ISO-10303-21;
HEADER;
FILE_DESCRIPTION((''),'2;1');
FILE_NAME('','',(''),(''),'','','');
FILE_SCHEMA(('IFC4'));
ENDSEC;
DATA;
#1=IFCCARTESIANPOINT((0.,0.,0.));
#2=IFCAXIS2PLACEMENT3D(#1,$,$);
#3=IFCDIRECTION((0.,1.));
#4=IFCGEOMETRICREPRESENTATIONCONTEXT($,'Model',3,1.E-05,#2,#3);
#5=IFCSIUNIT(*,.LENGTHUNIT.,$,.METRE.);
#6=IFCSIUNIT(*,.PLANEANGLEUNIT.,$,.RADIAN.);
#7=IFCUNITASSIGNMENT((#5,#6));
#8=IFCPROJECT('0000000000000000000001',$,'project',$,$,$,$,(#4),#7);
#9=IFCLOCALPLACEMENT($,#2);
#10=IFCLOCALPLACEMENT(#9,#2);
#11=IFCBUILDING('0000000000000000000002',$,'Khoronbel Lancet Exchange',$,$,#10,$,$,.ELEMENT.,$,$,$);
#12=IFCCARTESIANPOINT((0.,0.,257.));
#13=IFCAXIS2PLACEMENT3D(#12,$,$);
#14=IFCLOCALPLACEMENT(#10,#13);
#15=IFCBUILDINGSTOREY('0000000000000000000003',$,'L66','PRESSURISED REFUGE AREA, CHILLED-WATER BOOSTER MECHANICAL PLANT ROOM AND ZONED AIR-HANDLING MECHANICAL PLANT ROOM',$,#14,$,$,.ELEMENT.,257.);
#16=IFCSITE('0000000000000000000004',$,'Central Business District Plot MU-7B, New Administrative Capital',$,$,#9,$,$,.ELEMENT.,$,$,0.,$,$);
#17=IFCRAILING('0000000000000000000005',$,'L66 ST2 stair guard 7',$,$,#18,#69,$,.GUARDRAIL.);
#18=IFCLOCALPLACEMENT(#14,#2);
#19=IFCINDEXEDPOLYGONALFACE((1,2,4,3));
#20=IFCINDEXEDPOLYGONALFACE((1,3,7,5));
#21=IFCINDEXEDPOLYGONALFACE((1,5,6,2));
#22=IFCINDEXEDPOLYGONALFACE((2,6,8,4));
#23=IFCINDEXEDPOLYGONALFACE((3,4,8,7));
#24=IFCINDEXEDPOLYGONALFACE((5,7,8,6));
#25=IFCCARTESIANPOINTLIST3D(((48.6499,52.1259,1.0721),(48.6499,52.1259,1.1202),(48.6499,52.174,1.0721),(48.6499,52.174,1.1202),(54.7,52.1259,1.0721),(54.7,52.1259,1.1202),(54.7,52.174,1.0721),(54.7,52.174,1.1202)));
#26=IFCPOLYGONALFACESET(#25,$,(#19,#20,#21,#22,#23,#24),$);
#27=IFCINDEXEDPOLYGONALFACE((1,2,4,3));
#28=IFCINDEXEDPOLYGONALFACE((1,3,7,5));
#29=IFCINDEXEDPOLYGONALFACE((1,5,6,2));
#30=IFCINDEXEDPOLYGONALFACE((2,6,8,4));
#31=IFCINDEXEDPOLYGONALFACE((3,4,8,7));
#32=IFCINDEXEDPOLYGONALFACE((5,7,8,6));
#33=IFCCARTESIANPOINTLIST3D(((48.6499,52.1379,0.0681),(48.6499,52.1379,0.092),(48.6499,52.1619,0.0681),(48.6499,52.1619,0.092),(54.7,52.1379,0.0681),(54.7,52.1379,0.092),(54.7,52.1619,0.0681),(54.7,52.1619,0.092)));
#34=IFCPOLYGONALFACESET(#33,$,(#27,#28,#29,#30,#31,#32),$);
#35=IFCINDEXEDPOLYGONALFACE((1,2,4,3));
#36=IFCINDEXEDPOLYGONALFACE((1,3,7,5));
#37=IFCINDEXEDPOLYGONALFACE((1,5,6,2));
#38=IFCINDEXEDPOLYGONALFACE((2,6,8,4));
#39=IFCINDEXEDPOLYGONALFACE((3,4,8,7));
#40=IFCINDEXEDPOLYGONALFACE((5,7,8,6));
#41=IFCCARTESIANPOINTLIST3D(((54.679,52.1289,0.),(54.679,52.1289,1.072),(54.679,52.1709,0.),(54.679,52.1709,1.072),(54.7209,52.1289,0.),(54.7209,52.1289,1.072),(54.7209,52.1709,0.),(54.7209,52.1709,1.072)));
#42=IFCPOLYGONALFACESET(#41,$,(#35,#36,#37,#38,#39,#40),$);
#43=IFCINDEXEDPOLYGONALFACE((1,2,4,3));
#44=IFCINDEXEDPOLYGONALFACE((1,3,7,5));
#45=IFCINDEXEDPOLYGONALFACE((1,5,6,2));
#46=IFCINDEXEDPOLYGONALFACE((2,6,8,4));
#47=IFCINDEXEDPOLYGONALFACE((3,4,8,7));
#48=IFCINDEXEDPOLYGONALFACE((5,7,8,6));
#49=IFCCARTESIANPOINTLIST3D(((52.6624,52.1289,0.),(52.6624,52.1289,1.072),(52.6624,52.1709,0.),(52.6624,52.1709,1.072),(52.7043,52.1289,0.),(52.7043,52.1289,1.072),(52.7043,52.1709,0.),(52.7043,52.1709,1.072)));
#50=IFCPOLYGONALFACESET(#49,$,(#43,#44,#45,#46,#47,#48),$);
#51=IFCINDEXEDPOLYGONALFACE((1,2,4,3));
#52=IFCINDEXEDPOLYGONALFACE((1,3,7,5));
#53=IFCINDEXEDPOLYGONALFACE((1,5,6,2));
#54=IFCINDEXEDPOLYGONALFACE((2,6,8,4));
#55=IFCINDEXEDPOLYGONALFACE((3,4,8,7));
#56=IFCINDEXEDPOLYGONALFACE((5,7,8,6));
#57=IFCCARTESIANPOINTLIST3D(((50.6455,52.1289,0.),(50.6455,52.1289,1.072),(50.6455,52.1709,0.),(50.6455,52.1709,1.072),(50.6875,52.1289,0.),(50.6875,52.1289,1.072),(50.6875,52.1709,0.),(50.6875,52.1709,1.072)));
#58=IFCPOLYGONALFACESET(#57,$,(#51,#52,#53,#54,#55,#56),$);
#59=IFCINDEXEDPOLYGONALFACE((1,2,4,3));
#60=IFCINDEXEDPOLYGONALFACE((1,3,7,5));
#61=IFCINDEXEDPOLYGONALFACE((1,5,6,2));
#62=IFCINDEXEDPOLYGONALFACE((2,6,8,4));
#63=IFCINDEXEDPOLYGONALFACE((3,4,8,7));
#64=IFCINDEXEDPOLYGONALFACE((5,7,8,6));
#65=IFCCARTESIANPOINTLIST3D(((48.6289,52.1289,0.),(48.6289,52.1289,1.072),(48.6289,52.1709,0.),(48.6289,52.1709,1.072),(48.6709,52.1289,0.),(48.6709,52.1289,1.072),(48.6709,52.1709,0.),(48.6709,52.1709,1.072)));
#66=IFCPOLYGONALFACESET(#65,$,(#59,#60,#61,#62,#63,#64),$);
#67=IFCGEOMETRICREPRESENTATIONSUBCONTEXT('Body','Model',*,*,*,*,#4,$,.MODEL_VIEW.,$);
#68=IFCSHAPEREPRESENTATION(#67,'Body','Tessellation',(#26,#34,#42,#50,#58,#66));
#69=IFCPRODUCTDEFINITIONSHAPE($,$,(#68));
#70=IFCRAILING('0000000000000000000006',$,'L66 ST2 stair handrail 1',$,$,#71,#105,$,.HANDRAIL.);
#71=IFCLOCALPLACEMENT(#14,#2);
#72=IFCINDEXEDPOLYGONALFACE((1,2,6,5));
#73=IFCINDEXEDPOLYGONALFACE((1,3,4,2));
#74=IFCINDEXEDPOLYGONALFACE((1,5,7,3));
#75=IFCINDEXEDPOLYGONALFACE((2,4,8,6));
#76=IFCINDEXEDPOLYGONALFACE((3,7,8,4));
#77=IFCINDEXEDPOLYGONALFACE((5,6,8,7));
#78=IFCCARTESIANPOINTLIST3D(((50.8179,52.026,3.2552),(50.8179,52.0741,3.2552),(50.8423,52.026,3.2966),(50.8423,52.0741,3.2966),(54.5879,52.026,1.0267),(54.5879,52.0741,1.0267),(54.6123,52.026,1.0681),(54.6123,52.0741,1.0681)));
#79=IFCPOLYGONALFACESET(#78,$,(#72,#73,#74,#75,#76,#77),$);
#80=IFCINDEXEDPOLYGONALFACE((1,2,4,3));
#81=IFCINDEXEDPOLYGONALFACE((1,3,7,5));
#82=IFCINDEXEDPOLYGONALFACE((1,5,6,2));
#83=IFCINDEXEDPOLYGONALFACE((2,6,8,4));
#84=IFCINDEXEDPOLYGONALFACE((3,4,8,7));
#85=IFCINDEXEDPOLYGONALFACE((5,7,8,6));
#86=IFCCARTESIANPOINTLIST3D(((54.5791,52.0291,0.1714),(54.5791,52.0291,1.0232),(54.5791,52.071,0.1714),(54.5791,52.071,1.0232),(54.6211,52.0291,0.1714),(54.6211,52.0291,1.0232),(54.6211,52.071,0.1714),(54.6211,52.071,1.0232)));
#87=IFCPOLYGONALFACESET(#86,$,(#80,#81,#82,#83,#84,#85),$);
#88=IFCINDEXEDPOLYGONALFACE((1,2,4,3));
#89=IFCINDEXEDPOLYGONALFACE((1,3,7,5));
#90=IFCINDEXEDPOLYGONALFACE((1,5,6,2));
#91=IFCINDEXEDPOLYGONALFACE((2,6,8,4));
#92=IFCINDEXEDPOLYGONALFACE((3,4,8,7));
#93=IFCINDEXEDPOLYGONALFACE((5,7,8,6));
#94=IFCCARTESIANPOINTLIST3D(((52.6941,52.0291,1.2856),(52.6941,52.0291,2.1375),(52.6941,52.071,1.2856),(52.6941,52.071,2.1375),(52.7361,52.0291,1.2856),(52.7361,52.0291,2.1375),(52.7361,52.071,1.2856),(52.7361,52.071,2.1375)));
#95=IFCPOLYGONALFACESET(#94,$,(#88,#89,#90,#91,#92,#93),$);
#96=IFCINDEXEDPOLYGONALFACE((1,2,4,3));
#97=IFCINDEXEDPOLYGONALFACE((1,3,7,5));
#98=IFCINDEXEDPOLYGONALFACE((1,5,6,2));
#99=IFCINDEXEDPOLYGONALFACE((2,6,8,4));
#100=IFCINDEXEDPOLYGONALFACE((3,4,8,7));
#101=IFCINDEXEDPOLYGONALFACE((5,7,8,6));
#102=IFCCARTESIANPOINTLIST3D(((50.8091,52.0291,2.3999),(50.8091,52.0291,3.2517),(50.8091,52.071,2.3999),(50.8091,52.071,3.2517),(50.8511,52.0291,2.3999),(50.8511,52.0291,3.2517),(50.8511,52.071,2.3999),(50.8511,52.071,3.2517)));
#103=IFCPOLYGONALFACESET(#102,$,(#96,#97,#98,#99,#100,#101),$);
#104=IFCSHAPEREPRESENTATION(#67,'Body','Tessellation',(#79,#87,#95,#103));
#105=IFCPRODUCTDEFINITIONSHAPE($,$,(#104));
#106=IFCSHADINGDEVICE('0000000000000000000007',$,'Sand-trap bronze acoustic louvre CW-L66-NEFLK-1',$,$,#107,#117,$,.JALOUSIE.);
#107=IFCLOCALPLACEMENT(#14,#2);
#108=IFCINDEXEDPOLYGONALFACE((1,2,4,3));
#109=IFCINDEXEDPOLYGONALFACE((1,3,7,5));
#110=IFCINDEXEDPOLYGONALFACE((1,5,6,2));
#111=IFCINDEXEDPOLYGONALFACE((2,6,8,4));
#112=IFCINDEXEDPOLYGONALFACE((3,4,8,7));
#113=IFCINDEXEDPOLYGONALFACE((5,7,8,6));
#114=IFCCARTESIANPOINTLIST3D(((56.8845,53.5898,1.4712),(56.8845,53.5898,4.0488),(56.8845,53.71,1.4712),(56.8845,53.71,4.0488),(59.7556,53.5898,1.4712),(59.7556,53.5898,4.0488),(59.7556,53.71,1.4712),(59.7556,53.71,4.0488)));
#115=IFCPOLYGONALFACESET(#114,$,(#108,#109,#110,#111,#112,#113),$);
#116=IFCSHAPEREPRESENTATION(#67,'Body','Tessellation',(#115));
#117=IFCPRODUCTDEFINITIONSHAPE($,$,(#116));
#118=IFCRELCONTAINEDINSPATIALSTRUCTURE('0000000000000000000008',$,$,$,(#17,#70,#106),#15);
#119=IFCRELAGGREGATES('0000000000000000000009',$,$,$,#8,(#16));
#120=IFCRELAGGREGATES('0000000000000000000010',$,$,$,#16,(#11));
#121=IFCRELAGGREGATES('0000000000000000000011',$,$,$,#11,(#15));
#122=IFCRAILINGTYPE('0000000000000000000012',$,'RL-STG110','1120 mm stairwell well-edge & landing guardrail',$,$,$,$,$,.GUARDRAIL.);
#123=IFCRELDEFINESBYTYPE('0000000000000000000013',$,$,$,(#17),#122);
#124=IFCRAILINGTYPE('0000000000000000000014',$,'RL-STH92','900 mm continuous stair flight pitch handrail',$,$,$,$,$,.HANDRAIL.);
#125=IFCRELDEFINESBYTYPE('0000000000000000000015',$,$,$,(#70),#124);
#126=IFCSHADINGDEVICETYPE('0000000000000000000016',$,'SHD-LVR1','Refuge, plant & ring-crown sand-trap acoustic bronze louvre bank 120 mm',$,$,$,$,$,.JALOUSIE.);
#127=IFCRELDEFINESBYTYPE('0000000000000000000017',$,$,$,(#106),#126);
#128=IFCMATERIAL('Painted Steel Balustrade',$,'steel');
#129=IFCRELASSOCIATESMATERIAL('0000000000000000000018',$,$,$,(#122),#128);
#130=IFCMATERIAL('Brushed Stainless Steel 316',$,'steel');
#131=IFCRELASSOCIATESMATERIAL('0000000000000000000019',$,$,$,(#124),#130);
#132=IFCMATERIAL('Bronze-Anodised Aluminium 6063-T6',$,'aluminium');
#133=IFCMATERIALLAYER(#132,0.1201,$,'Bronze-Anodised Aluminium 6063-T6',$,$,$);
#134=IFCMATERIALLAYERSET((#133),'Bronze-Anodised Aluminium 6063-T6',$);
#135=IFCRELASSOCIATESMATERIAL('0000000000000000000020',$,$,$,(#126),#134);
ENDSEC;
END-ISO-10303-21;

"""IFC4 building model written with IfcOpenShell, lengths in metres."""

from ifc_helpers import new_model, si_unit, direction, frame, origin, origin_2d, place, context, subcontext, project, spatial, rectangle, extrude, material, layer, layer_set, type_object, element, save


model = new_model("IFC4")

# Units and contexts
model_context = context("Model", 3, precision=1e-05, world=origin(), true_north=direction((0.0, 1.0)))
body_context = subcontext(model_context, "Body", "Model", "MODEL_VIEW")
ifc_project = project(units=[si_unit("LENGTHUNIT", "METRE"), si_unit("PLANEANGLEUNIT", "RADIAN")], contexts=[model_context])

# Site, building, storey
site_placement = place(None, origin())
site = spatial("IfcSite", under=ifc_project, at=site_placement, Name="Central Business District Plot MU-7B, New Administrative Capital", CompositionType="ELEMENT", RefElevation=0.0)
building_placement = place(site_placement, origin())
building = spatial("IfcBuilding", under=site, at=building_placement, Name="Khoronbel Lancet Exchange", CompositionType="ELEMENT")
storey_placement = place(building_placement, frame((0.0, 0.0, 257.0)))
storey = spatial("IfcBuildingStorey", under=building, at=storey_placement, Name="L66", Description="PRESSURISED REFUGE AREA, CHILLED-WATER BOOSTER MECHANICAL PLANT ROOM AND ZONED AIR-HANDLING MECHANICAL PLANT ROOM", CompositionType="ELEMENT", Elevation=257.0)

# Shared definitions
ifc_material_1 = material(Name="Bronze-Anodised Aluminium 6063-T6", Category="aluminium")

# Railings
ifc_material_2 = material(Name="Painted Steel Balustrade", Category="steel")
railing_type_1 = type_object("IfcRailingType", Name="RL-STG110", Description="1120 mm stairwell well-edge & landing guardrail", PredefinedType="GUARDRAIL", material=ifc_material_2)
railing_1_placement = place(storey_placement, frame((54.7, 52.1499, 0.0)))
element("IfcRailing", 1, at=railing_1_placement, inside=storey, type_object=railing_type_1, Name="L66 ST2 stair guard 7", PredefinedType="GUARDRAIL", context=body_context, shape_type="SweptSolid", body=[
    extrude(rectangle(XDim=0.0481, YDim=0.0481, at=origin_2d()), frame((0.0, 0.0, 1.0962), z_axis=(-1.0, 0.0, 0.0), x_axis=(0.0, -1.0, 0.0)), (0.0, 0.0, 1.0), 6.05),
    extrude(rectangle(XDim=0.0239, YDim=0.0239, at=origin_2d()), frame((0.0, 0.0, 0.0801), z_axis=(-1.0, 0.0, 0.0), x_axis=(0.0, -1.0, 0.0)), (0.0, 0.0, 1.0), 6.05),
    extrude(rectangle(XDim=0.042, YDim=0.042, at=origin_2d()), origin(), (0.0, 0.0, 1.0), 1.072),
    extrude(rectangle(XDim=0.042, YDim=0.042, at=origin_2d()), frame((-2.0166, 0.0, 0.0)), (0.0, 0.0, 1.0), 1.072),
    extrude(rectangle(XDim=0.042, YDim=0.042, at=origin_2d()), frame((-4.0334, 0.0, 0.0)), (0.0, 0.0, 1.0), 1.072),
    extrude(rectangle(XDim=0.042, YDim=0.042, at=origin_2d()), frame((-6.05, 0.0, 0.0)), (0.0, 0.0, 1.0), 1.072),
])
ifc_material_3 = material(Name="Brushed Stainless Steel 316", Category="steel")
railing_type_2 = type_object("IfcRailingType", Name="RL-STH92", Description="900 mm continuous stair flight pitch handrail", PredefinedType="HANDRAIL", material=ifc_material_3)
railing_2_placement = place(storey_placement, frame((54.6001, 52.05, 0.1714)))
element("IfcRailing", 2, at=railing_2_placement, inside=storey, type_object=railing_type_2, Name="L66 ST2 stair handrail 1", PredefinedType="HANDRAIL", context=body_context, shape_type="SweptSolid", body=[
    extrude(rectangle(XDim=0.0481, YDim=0.0481, at=origin_2d()), frame((0.0, 0.0, 0.876), z_axis=(-0.860849, 0.0, 0.508861), x_axis=(0.0, -1.0, 0.0)), (0.0, 0.0, 1.0), 4.3794),
    extrude(rectangle(XDim=0.042, YDim=0.042, at=origin_2d()), origin(), (0.0, 0.0, 1.0), 0.8518),
    extrude(rectangle(XDim=0.042, YDim=0.042, at=origin_2d()), frame((-1.885, 0.0, 1.1143)), (0.0, 0.0, 1.0), 0.8518),
    extrude(rectangle(XDim=0.042, YDim=0.042, at=origin_2d()), frame((-3.77, 0.0, 2.2285)), (0.0, 0.0, 1.0), 0.8518),
])

# Shading device
ifc_layer_1 = layer(ifc_material_1, 0.1201, Name="Bronze-Anodised Aluminium 6063-T6")
ifc_layer_set_1 = layer_set([ifc_layer_1], Name="Bronze-Anodised Aluminium 6063-T6")
shading_device_type = type_object("IfcShadingDeviceType", Name="SHD-LVR1", Description="Refuge, plant & ring-crown sand-trap acoustic bronze louvre bank 120 mm", PredefinedType="JALOUSIE", material=ifc_layer_set_1)
shading_device_placement = place(storey_placement, frame((58.3201, 53.6499, 1.4712), z_axis=(0.0, 0.0, 1.0), x_axis=(-1.0, 0.0, 0.0)))
element("IfcShadingDevice", 3, at=shading_device_placement, inside=storey, type_object=shading_device_type, Name="Sand-trap bronze acoustic louvre CW-L66-NEFLK-1", PredefinedType="JALOUSIE", context=body_context, shape_type="SweptSolid", body=[
    extrude(rectangle(XDim=2.8711, YDim=0.1201, at=origin_2d()), origin(), (0.0, 0.0, 1.0), 2.5776),
])

save(model, "model.ifc")
